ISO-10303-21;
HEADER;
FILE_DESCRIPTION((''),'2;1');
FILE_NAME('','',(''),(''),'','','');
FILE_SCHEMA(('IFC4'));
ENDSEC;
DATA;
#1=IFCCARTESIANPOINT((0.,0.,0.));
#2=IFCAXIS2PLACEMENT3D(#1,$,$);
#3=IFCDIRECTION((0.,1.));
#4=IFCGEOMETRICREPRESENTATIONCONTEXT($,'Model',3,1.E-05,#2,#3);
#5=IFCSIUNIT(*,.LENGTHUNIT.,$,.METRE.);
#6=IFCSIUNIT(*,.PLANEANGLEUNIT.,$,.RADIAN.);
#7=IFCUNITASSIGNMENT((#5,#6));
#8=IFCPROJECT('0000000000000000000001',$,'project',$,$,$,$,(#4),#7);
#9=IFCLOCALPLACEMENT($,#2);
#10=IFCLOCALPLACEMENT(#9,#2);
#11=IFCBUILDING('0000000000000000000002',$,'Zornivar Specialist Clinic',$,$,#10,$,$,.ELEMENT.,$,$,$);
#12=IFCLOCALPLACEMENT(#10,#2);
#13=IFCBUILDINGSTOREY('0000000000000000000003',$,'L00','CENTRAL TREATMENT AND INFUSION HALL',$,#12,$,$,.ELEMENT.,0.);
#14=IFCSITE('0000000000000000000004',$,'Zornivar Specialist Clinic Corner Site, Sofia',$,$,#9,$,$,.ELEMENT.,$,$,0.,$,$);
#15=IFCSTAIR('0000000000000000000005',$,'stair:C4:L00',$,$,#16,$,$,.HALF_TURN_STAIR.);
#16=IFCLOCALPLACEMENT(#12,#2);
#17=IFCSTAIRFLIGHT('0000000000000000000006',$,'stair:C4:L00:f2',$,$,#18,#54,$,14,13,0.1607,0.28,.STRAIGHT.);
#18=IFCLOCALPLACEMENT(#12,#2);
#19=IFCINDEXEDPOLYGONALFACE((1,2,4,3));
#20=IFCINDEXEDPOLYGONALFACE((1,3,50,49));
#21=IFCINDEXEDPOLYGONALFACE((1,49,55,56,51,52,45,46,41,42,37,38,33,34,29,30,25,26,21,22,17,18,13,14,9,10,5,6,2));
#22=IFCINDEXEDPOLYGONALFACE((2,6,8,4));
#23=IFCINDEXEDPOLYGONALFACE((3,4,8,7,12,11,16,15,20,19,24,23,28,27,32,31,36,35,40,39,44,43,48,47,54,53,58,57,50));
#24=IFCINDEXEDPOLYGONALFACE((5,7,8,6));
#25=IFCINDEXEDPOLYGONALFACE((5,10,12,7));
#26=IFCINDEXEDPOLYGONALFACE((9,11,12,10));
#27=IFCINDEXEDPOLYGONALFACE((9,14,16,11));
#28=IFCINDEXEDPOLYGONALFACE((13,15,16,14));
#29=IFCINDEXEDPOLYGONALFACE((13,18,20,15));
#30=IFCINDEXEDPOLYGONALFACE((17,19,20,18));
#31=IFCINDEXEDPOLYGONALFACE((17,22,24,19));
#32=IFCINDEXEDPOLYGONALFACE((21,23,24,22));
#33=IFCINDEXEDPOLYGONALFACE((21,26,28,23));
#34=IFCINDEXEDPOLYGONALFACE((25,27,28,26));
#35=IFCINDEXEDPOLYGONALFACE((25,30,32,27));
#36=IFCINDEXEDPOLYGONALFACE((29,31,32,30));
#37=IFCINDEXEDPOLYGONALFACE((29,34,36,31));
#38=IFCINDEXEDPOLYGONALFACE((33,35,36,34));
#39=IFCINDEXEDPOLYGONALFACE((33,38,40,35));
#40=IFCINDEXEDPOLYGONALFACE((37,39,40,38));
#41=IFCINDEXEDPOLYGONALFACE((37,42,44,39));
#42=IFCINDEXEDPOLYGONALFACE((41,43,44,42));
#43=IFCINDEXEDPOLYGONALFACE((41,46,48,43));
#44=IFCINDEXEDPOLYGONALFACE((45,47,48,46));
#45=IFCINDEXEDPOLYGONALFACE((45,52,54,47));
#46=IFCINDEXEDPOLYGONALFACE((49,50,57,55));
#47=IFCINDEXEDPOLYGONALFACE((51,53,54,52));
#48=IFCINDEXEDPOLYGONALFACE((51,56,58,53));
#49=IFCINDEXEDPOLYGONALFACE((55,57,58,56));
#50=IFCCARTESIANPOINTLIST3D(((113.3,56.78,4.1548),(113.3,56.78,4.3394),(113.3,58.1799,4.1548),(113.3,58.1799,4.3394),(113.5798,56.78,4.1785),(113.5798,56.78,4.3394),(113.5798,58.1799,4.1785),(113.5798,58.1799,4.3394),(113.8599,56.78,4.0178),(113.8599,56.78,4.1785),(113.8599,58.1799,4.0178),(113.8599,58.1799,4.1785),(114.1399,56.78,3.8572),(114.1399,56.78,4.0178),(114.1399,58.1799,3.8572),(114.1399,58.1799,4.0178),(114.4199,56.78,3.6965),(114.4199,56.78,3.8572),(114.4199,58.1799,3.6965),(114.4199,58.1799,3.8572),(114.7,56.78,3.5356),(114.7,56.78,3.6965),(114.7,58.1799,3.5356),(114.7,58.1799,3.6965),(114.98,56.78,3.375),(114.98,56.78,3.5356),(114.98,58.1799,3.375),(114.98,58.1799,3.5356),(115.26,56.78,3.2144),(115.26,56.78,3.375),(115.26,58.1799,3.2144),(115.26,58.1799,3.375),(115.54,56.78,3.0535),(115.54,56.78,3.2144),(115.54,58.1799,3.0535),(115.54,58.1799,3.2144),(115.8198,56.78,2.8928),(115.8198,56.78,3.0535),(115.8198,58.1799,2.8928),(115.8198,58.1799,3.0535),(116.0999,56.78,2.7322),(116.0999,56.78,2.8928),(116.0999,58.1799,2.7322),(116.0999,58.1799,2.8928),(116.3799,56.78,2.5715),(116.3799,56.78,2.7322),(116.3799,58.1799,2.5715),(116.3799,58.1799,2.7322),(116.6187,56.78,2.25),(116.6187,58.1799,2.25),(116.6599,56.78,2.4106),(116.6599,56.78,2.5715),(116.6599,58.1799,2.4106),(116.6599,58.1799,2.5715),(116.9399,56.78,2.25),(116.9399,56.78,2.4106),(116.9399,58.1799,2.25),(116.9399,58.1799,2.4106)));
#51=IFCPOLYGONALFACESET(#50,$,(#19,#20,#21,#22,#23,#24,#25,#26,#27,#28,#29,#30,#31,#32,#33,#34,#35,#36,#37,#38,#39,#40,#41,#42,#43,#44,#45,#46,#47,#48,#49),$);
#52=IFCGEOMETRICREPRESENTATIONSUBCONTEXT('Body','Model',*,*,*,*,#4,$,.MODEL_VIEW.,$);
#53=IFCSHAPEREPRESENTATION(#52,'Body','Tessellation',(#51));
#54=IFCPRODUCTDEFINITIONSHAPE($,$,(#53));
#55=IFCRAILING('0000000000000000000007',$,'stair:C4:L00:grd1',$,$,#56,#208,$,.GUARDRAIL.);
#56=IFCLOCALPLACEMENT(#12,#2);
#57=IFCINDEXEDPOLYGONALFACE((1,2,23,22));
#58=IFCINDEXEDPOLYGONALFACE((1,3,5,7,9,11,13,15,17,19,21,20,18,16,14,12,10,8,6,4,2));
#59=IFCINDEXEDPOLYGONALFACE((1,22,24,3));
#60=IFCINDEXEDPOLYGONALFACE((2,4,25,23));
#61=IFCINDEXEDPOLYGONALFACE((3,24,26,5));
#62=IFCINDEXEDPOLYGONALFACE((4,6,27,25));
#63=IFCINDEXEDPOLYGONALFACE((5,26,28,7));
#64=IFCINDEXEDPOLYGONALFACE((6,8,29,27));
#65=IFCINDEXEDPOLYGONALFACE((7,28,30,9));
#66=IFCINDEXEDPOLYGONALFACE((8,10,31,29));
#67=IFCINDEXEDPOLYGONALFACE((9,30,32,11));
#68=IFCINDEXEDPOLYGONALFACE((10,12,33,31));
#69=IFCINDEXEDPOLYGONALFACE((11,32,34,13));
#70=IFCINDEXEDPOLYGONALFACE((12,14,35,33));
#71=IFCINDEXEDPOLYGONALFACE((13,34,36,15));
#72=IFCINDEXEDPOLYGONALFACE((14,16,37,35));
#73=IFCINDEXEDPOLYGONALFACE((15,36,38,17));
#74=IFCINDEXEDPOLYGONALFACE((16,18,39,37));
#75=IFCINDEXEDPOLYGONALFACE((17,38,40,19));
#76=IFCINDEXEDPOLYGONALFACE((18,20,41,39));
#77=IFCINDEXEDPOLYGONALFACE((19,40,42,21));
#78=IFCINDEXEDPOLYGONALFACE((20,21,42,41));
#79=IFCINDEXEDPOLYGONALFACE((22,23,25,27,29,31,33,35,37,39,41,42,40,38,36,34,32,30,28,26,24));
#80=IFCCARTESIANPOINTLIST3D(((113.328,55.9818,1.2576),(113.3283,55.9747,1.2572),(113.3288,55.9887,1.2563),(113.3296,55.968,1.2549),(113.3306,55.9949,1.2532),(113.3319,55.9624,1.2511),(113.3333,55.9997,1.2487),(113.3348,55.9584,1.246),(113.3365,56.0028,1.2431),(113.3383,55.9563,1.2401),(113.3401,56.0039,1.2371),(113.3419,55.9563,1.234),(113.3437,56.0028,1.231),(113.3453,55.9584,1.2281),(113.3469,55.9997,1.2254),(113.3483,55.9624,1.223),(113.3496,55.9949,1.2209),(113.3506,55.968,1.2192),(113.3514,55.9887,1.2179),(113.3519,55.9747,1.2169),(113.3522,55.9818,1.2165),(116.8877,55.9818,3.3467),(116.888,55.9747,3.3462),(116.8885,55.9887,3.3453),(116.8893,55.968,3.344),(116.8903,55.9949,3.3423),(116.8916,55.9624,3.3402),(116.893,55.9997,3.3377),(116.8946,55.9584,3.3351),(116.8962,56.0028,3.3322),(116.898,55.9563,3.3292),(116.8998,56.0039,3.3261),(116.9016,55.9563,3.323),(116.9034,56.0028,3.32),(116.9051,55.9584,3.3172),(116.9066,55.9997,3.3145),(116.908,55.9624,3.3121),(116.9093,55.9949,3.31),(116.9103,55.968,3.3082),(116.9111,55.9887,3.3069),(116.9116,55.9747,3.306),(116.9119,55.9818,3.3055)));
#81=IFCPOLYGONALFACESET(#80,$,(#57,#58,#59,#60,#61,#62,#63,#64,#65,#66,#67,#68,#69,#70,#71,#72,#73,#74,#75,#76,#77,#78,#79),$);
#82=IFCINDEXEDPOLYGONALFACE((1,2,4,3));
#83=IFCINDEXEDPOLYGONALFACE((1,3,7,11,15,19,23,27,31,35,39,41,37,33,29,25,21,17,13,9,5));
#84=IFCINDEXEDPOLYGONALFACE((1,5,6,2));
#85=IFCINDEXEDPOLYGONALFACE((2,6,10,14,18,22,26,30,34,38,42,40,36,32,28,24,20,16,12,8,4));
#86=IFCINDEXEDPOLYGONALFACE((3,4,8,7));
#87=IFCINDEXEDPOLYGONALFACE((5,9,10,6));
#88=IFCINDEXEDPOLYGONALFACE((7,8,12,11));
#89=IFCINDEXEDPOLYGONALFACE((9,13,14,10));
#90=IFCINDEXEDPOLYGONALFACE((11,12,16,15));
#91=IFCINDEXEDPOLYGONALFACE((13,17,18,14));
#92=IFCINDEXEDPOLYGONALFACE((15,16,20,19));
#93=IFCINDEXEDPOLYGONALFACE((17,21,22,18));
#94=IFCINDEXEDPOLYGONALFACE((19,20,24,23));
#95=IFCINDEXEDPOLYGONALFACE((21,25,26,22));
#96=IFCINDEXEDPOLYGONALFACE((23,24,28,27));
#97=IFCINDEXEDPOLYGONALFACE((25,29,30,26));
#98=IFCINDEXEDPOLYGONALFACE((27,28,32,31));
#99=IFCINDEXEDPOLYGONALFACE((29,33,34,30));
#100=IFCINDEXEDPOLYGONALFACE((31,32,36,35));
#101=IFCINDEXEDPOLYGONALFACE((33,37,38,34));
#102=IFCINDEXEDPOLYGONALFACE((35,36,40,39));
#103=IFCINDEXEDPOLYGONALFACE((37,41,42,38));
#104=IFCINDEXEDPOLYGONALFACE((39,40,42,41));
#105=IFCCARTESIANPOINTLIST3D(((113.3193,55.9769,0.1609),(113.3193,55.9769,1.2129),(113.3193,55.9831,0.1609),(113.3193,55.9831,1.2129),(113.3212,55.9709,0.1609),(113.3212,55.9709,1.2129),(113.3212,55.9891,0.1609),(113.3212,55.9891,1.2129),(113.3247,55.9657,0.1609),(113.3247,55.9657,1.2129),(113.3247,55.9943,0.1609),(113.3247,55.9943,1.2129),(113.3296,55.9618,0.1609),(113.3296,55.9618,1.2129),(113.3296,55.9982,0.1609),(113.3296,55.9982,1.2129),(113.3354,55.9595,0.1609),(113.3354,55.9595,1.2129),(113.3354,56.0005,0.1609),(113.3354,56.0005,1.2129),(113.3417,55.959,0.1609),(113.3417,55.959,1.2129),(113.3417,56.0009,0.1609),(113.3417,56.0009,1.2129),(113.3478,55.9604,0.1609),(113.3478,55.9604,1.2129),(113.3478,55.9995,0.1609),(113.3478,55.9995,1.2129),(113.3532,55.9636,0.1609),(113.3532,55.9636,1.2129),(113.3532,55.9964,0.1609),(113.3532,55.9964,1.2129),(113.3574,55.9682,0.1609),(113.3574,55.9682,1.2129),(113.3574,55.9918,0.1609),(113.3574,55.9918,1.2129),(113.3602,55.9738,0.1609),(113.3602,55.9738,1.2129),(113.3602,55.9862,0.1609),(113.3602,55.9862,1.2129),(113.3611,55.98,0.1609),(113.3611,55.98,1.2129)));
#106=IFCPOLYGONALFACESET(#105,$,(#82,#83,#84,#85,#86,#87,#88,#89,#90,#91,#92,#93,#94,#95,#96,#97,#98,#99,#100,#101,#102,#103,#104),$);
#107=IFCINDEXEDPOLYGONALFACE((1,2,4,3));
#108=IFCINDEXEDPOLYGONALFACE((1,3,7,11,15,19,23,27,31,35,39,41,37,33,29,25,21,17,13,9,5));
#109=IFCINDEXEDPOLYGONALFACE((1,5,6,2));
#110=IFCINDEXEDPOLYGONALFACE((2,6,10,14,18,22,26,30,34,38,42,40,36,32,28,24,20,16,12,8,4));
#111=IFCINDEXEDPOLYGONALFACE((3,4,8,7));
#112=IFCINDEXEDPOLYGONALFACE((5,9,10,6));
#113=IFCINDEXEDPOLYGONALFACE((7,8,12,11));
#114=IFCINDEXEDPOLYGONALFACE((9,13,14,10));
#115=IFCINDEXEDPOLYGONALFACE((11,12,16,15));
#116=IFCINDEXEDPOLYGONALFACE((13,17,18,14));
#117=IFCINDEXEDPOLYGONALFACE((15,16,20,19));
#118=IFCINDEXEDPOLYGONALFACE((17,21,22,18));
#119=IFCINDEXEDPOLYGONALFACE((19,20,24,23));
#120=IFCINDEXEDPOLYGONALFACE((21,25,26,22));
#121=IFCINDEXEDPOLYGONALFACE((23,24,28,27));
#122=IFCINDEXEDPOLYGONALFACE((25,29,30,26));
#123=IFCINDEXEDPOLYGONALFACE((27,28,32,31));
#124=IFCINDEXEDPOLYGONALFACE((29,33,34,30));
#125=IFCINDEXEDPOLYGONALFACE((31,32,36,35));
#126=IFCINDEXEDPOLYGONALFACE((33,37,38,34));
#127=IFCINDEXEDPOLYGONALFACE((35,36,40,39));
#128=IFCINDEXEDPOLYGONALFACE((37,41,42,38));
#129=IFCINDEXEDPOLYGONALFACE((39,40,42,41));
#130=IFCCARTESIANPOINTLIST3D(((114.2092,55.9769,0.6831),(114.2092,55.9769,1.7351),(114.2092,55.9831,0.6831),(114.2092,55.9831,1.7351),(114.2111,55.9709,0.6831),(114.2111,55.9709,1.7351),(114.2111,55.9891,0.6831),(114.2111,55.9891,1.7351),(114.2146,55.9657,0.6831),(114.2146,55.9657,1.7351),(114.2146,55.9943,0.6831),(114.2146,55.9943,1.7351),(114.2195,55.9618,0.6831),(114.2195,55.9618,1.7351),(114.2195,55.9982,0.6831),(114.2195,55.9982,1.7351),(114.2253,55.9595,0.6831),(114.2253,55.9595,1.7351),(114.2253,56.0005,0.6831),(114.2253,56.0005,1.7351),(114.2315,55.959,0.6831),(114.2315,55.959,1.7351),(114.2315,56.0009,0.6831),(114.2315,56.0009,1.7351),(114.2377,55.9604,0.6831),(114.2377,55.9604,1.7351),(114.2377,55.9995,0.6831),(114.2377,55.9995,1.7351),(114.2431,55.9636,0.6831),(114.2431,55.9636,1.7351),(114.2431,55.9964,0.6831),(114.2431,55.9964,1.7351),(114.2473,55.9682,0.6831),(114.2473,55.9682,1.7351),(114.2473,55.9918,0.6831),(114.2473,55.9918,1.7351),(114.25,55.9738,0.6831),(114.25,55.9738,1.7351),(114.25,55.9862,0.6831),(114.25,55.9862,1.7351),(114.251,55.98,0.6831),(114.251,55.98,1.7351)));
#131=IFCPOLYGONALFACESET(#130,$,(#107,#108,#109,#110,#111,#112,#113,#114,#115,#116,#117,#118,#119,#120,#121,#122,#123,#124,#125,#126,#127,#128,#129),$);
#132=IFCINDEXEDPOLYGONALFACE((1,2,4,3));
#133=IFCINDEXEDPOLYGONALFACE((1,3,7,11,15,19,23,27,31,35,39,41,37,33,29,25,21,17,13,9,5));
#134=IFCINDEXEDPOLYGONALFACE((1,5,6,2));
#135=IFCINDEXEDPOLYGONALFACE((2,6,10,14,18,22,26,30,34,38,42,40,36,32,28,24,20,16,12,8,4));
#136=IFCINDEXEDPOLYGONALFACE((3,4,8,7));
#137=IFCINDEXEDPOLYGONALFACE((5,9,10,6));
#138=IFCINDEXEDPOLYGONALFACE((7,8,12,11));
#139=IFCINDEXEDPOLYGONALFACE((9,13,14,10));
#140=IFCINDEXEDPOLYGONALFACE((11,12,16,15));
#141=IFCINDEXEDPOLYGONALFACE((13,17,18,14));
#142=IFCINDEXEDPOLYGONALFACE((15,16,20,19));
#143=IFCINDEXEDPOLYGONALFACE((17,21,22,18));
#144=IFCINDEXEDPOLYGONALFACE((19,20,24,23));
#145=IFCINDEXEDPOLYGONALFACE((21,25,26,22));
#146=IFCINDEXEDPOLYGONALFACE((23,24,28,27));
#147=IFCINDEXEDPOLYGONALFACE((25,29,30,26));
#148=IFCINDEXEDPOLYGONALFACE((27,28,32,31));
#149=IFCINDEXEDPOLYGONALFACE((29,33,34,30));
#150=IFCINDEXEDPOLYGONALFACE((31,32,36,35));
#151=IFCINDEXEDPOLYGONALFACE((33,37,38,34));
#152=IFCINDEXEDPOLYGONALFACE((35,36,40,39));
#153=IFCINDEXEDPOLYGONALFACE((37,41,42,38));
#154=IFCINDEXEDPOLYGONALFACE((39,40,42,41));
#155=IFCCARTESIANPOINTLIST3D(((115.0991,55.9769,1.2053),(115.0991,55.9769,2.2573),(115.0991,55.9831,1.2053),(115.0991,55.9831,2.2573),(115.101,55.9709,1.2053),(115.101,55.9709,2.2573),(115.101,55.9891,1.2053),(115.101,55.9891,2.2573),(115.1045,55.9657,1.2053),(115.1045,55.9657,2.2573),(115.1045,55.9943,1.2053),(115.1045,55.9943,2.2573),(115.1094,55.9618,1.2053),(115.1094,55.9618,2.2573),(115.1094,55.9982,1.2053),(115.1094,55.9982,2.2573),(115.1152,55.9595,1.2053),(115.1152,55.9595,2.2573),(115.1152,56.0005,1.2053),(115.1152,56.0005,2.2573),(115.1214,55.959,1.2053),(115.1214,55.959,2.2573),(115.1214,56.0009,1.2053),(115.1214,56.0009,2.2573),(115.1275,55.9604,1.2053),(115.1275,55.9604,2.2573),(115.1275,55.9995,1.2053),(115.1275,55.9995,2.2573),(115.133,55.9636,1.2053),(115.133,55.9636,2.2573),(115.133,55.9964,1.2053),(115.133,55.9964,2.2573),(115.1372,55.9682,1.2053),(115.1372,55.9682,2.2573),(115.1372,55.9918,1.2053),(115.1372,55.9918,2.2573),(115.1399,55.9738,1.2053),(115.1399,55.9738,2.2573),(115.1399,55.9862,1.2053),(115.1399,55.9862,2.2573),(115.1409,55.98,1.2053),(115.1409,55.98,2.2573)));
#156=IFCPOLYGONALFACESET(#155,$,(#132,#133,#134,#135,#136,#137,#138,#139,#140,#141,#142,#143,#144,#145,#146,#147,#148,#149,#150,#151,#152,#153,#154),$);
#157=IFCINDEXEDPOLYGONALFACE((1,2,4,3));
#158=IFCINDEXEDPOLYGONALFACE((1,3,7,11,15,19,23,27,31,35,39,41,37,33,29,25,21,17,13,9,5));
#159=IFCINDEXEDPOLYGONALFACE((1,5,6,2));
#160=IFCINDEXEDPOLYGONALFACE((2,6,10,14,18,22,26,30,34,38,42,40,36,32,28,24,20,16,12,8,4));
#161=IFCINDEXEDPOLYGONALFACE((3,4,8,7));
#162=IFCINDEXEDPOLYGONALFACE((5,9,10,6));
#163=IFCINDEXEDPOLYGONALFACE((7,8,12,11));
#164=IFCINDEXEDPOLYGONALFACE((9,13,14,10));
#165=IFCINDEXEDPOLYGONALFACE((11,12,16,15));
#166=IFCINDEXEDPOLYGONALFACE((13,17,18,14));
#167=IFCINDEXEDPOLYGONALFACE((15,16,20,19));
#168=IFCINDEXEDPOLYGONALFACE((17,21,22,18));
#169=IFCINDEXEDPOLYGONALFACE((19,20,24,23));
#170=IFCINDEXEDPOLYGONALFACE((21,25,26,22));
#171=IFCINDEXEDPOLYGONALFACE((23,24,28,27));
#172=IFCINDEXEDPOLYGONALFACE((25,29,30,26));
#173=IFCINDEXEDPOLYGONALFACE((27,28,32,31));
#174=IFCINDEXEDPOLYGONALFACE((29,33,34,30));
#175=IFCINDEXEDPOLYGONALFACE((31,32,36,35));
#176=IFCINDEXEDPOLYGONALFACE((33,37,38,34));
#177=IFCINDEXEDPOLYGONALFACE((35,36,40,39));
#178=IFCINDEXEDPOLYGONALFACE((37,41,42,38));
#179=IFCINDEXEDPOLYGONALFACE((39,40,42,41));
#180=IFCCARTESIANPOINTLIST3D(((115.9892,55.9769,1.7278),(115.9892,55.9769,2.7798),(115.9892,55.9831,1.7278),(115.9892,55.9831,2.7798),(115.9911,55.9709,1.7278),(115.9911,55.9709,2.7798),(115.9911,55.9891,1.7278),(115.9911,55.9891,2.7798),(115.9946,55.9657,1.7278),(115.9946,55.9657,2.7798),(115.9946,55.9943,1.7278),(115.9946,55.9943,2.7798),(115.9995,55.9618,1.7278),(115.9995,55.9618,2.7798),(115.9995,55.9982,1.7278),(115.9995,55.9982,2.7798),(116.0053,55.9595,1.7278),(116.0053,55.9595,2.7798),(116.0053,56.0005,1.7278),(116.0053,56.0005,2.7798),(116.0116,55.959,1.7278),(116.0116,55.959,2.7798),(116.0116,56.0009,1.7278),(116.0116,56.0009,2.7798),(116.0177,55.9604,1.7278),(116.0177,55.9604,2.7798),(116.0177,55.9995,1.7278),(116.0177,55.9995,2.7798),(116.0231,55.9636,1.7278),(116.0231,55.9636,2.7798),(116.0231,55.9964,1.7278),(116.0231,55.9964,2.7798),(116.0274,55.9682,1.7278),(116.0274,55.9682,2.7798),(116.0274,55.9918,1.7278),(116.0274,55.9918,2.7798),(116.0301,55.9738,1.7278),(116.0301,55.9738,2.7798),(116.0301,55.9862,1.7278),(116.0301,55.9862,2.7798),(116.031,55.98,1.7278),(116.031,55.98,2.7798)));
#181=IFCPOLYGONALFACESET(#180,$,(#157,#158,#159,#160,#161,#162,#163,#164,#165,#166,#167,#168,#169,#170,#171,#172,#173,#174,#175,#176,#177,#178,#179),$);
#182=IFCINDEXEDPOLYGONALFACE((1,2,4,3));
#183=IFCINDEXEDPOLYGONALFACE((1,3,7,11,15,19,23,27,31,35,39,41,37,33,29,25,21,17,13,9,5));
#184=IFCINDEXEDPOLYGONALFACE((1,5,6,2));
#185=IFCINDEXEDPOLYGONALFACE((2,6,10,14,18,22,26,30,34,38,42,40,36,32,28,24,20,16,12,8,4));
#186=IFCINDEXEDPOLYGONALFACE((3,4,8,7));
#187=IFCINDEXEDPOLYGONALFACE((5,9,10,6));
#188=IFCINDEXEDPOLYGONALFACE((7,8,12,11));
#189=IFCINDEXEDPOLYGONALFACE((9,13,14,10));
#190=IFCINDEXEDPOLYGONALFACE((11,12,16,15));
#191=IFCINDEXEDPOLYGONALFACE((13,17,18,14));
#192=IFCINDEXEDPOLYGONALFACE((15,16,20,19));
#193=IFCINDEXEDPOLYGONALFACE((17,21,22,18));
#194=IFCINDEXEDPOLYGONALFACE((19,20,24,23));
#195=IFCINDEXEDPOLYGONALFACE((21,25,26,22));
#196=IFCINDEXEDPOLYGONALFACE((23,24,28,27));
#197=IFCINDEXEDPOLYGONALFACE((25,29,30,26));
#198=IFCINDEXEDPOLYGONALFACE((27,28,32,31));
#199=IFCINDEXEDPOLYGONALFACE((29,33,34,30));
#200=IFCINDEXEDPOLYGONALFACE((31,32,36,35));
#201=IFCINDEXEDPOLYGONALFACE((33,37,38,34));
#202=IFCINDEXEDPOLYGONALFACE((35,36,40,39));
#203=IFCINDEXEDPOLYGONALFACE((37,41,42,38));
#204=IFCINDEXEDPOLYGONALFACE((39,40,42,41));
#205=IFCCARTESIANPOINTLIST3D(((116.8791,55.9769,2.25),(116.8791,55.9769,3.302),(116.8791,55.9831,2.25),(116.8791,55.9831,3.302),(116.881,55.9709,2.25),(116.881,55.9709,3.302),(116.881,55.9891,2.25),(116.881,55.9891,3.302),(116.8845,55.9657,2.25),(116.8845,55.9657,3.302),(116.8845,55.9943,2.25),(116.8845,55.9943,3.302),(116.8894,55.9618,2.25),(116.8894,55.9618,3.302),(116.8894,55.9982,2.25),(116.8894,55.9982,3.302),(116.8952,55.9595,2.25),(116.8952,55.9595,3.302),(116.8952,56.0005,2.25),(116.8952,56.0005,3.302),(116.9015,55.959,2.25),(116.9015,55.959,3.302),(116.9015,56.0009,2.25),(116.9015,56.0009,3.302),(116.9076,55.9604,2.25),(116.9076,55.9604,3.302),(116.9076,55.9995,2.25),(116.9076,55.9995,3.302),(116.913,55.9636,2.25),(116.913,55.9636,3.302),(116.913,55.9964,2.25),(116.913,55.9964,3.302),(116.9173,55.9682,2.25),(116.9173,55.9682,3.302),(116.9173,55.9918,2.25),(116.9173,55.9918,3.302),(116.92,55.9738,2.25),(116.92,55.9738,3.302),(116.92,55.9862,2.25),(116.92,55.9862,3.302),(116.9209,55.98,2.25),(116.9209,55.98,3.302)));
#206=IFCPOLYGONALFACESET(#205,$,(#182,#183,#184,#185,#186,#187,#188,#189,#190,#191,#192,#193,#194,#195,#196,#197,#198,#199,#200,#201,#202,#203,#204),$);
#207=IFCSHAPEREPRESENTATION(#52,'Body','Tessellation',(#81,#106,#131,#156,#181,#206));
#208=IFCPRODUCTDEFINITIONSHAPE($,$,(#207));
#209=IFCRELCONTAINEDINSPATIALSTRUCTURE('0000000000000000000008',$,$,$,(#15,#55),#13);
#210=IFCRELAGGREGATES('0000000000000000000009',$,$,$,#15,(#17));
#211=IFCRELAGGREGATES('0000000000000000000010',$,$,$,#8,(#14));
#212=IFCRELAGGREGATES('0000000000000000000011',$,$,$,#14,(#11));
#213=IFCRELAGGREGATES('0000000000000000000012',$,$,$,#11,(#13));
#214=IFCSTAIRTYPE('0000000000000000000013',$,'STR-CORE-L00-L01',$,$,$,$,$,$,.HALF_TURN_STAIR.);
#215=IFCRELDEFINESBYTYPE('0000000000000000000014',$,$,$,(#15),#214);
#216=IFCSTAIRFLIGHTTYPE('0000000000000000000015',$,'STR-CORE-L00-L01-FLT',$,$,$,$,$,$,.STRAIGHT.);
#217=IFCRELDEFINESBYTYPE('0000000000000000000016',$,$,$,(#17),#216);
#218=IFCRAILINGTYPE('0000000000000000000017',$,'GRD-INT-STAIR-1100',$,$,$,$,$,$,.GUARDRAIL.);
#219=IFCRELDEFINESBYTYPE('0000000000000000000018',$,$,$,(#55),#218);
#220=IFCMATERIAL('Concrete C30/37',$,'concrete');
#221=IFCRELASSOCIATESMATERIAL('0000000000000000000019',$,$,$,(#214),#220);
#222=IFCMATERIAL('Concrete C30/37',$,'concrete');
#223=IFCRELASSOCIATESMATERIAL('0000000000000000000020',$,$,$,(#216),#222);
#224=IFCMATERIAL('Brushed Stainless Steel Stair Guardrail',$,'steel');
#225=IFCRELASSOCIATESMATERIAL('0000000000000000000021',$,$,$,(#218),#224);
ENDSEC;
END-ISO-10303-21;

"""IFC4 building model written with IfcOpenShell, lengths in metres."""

from ifc_helpers import new_model, si_unit, direction, frame, origin, origin_2d, place, context, subcontext, project, spatial, polyline, circle, outline, extrude, material, type_object, element, aggregate, save


model = new_model("IFC4")

# Units and contexts
model_context = context("Model", 3, precision=1e-05, world=origin(), true_north=direction((0.0, 1.0)))
body_context = subcontext(model_context, "Body", "Model", "MODEL_VIEW")
ifc_project = project(units=[si_unit("LENGTHUNIT", "METRE"), si_unit("PLANEANGLEUNIT", "RADIAN")], contexts=[model_context])

# Site, building, storey
site_placement = place(None, origin())
site = spatial("IfcSite", under=ifc_project, at=site_placement, Name="Zornivar Specialist Clinic Corner Site, Sofia", CompositionType="ELEMENT", RefElevation=0.0)
building_placement = place(site_placement, origin())
building = spatial("IfcBuilding", under=site, at=building_placement, Name="Zornivar Specialist Clinic", CompositionType="ELEMENT")
storey_placement = place(building_placement, origin())
storey = spatial("IfcBuildingStorey", under=building, at=storey_placement, Name="L00", Description="CENTRAL TREATMENT AND INFUSION HALL", CompositionType="ELEMENT", Elevation=0.0)

# Stair, stair flight
ifc_material_1 = material(Name="Concrete C30/37", Category="concrete")
stair_type = type_object("IfcStairType", Name="STR-CORE-L00-L01", PredefinedType="HALF_TURN_STAIR", material=ifc_material_1)
stair_placement = place(storey_placement, origin())
stair = element("IfcStair", 1, at=stair_placement, inside=storey, type_object=stair_type, Name="stair:C4:L00", PredefinedType="HALF_TURN_STAIR")
ifc_material_2 = material(Name="Concrete C30/37", Category="concrete")
stair_flight_type = type_object("IfcStairFlightType", Name="STR-CORE-L00-L01-FLT", PredefinedType="STRAIGHT", material=ifc_material_2)
stair_flight_1_placement = place(storey_placement, frame((116.9399, 57.48, 2.25), z_axis=(0.0, 0.0, 1.0), x_axis=(-1.0, 0.0, 0.0)))
stair_flight_1 = element("IfcStairFlight", 2, at=stair_flight_1_placement, type_object=stair_flight_type, Name="stair:C4:L00:f2", NumberOfRisers=14, NumberOfTreads=13, PredefinedType="STRAIGHT", RiserHeight=0.1607, TreadLength=0.28, context=body_context, shape_type="SweptSolid", body=[
    extrude(outline(polyline([(0.0, 0.0), (0.0, 0.1606), (0.28, 0.1606), (0.28, 0.3215), (0.5601, 0.3215), (0.5601, 0.4822), (0.8401, 0.4822), (0.8401, 0.6428), (1.1201, 0.6428), (1.1201, 0.8035), (1.3999, 0.8035), (1.3999, 0.9644), (1.6799, 0.9644), (1.6799, 1.125), (1.96, 1.125), (1.96, 1.2856), (2.24, 1.2856), (2.24, 1.4465), (2.52, 1.4465), (2.52, 1.6072), (2.8, 1.6072), (2.8, 1.7678), (3.0801, 1.7678), (3.0801, 1.9285), (3.3601, 1.9285), (3.3601, 2.0894), (3.6399, 2.0894), (3.6399, 2.25), (3.6399, 1.9048), (0.3213, 0.0), (0.0, 0.0)])), frame((0.0, 0.7, 0.0), z_axis=(0.0, -1.0, 0.0), x_axis=(1.0, 0.0, 0.0)), (0.0, 0.0, 1.0), 1.3999),
])
aggregate(stair, [stair_flight_1])

# Railing
ifc_material_3 = material(Name="Brushed Stainless Steel Stair Guardrail", Category="steel")
railing_type_1 = type_object("IfcRailingType", Name="GRD-INT-STAIR-1100", PredefinedType="GUARDRAIL", material=ifc_material_3)
railing_1_placement = place(storey_placement, frame((113.3401, 55.98, 0.1609)))
element("IfcRailing", 3, at=railing_1_placement, inside=storey, type_object=railing_type_1, Name="stair:C4:L00:grd1", PredefinedType="GUARDRAIL", context=body_context, shape_type="SweptSolid", body=[
    extrude(circle(Radius=0.0239, at=origin_2d()), frame((0.0, 0.0, 1.0762), z_axis=(0.862452, 0.0, 0.506138), x_axis=(0.0, 1.0, 0.0)), (0.0, 0.0, 1.0), 4.1274),
    extrude(circle(Radius=0.021, at=origin_2d()), origin(), (0.0, 0.0, 1.0), 1.052),
    extrude(circle(Radius=0.021, at=origin_2d()), frame((0.8899, 0.0, 0.5222)), (0.0, 0.0, 1.0), 1.052),
    extrude(circle(Radius=0.021, at=origin_2d()), frame((1.7798, 0.0, 1.0444)), (0.0, 0.0, 1.0), 1.052),
    extrude(circle(Radius=0.021, at=origin_2d()), frame((2.6699, 0.0, 1.5669)), (0.0, 0.0, 1.0), 1.052),
    extrude(circle(Radius=0.021, at=origin_2d()), frame((3.5598, 0.0, 2.0891)), (0.0, 0.0, 1.0), 1.052),
])

save(model, "model.ifc")
